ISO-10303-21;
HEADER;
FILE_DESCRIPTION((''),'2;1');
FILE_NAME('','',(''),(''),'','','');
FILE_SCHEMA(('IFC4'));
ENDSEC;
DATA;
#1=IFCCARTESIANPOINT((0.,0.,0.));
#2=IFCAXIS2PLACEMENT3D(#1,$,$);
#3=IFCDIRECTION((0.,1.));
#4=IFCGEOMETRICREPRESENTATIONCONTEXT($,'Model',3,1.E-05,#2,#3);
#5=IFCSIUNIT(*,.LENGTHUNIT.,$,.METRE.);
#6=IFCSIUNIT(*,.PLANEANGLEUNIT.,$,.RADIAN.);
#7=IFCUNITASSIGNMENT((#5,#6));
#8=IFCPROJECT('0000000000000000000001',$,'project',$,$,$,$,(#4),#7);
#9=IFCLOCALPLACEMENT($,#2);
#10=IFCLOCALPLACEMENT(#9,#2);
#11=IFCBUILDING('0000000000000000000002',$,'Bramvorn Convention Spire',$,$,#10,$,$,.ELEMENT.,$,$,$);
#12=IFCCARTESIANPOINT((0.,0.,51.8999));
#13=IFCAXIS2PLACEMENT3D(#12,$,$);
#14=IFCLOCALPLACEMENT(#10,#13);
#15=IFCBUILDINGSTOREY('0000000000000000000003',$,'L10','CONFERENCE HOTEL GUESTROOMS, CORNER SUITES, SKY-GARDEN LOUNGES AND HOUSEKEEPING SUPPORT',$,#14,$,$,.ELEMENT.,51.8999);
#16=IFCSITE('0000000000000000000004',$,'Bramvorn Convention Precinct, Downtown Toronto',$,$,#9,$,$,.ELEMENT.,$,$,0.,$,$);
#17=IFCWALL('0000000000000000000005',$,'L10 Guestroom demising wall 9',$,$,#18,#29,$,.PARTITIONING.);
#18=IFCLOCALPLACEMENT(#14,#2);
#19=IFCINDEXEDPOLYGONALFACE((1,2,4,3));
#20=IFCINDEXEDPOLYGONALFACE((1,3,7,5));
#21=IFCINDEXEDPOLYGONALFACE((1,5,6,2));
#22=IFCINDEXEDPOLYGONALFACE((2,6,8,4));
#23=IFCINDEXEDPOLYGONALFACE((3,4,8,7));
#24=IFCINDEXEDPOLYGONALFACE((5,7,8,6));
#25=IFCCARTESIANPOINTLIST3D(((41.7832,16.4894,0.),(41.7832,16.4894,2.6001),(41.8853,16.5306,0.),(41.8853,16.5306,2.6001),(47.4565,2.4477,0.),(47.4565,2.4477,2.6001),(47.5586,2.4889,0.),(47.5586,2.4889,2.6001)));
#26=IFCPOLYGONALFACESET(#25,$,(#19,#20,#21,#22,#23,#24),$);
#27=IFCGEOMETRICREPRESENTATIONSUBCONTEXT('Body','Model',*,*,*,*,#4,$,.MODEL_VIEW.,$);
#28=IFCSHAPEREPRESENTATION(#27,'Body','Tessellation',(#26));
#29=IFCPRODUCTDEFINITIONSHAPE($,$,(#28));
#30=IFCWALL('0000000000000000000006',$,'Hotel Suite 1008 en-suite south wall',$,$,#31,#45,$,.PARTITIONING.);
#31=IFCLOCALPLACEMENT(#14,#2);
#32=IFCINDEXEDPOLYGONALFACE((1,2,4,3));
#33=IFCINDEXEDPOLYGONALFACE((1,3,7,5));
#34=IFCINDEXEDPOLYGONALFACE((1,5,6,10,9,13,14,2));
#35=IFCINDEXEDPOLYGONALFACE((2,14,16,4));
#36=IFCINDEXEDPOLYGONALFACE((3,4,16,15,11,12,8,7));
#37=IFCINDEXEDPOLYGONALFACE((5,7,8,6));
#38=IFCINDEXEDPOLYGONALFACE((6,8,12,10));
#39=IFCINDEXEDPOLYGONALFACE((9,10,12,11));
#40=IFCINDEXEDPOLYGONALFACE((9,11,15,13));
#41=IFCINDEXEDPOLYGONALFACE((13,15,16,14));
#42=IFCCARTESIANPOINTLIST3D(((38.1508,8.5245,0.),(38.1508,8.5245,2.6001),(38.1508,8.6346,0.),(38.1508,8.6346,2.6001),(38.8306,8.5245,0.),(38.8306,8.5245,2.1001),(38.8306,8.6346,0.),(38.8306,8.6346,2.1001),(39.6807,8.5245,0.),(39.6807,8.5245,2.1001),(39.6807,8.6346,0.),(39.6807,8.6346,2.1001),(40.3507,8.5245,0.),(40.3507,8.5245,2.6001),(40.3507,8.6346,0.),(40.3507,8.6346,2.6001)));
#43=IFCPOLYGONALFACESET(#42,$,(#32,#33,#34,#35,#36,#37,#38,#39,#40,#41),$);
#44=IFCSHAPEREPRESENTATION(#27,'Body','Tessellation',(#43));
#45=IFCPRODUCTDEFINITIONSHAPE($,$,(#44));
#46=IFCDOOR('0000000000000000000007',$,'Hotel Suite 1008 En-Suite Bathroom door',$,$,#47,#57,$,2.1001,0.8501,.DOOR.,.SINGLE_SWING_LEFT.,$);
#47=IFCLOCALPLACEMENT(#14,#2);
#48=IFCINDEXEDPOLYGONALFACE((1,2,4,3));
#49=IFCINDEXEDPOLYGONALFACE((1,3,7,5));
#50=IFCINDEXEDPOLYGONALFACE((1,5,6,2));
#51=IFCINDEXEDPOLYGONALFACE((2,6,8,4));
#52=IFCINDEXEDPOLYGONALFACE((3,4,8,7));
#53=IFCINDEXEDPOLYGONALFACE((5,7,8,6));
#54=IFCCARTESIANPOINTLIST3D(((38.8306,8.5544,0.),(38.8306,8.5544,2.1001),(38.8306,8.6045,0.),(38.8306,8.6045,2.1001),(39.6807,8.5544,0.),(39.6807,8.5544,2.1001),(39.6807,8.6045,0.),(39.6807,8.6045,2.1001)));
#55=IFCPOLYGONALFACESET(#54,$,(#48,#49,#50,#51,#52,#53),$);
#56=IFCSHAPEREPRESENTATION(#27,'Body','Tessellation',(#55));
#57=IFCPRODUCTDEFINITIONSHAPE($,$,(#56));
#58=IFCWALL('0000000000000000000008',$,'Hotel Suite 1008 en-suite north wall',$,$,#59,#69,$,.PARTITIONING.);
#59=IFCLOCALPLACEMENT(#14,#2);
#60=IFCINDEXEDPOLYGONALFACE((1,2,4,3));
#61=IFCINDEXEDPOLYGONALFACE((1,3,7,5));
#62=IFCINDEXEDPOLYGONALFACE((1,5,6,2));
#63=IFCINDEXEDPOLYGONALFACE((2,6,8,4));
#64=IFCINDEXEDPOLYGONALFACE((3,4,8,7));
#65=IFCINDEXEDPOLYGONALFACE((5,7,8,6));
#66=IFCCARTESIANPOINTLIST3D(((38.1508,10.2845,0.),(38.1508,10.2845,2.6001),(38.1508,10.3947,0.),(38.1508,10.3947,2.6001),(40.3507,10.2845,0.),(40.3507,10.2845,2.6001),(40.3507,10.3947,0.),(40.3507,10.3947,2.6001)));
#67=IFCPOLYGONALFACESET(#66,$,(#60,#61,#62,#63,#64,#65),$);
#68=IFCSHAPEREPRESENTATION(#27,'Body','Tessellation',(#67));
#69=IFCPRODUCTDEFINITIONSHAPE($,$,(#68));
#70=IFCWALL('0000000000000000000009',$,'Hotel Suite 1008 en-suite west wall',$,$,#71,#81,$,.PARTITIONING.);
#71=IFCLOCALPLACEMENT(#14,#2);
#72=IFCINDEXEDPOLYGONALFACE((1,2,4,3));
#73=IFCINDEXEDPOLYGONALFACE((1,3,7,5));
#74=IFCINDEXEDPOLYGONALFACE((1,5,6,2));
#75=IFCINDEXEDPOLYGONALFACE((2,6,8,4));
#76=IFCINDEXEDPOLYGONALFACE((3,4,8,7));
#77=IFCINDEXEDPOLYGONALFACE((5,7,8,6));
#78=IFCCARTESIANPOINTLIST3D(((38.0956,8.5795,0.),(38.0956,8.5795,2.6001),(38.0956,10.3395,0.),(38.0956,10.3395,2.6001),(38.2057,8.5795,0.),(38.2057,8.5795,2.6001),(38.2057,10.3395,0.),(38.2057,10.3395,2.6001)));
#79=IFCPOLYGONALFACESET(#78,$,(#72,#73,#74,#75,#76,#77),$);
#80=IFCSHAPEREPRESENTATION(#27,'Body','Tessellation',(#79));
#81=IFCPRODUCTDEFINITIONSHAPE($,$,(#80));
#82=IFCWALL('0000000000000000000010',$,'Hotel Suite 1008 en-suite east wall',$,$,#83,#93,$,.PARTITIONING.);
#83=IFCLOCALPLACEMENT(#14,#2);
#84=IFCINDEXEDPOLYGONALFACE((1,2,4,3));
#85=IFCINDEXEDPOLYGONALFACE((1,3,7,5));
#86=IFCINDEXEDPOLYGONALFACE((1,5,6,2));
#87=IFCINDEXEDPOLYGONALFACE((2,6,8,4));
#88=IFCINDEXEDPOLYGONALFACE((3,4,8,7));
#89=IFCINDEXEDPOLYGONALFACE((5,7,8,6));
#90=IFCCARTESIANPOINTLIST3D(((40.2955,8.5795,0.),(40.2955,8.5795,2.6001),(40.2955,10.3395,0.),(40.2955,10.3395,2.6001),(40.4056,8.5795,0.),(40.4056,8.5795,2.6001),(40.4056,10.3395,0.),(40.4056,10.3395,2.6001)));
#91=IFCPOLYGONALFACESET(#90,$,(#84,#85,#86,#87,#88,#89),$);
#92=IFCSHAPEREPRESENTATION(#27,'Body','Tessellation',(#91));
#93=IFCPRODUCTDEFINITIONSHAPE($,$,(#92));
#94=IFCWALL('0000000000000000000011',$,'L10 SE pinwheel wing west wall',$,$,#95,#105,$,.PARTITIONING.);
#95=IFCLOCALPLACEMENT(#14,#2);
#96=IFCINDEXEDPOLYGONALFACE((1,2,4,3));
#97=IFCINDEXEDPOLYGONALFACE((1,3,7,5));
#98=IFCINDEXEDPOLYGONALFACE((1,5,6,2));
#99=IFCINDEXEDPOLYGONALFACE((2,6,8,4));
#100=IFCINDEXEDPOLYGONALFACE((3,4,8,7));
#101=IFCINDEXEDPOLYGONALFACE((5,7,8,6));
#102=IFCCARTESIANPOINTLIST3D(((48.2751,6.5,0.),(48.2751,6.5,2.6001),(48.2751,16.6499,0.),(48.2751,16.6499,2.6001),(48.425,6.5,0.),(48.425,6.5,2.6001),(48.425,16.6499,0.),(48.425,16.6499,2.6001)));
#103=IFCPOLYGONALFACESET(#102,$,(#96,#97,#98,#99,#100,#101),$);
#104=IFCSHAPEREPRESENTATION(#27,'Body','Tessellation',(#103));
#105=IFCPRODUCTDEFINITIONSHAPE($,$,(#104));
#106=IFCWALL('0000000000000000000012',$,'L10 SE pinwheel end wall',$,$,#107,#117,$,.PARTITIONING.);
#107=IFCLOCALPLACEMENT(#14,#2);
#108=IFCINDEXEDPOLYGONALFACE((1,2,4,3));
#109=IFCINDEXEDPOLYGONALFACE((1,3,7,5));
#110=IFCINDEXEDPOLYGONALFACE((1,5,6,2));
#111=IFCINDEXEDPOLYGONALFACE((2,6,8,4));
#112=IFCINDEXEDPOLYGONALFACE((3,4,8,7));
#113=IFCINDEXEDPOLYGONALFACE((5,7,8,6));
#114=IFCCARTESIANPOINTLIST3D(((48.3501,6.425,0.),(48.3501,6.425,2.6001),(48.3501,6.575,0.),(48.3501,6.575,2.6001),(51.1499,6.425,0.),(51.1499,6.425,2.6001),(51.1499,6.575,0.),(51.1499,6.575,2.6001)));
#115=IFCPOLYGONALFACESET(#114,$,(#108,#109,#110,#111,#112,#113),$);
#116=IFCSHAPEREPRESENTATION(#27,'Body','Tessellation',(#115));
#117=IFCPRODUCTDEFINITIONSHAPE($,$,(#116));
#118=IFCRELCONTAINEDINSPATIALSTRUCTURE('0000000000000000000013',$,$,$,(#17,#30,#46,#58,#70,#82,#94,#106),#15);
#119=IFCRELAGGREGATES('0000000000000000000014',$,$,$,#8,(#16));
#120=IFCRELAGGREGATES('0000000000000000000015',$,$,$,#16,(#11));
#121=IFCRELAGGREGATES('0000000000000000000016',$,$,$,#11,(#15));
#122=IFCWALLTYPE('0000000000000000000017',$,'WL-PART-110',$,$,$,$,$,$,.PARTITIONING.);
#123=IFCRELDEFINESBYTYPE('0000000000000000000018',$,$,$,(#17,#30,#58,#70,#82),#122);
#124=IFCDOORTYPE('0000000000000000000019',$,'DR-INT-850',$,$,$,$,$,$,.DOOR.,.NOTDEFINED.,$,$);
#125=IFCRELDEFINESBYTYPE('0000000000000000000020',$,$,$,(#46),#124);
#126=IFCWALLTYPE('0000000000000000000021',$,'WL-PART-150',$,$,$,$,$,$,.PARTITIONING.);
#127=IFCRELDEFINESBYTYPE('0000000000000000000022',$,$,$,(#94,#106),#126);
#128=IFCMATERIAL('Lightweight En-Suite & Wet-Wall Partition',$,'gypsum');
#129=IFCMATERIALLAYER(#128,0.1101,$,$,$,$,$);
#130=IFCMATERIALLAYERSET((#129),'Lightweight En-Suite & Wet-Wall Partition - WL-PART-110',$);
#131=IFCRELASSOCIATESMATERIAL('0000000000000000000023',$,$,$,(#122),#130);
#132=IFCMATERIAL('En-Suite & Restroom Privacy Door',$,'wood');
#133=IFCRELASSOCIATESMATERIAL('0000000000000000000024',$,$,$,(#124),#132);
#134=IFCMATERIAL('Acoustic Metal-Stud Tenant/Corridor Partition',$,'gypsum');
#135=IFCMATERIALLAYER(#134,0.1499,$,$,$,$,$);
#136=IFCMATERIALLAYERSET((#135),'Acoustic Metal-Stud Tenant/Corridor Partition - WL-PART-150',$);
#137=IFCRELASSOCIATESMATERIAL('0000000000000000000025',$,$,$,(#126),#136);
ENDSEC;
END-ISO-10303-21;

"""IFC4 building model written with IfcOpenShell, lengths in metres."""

from ifc_helpers import new_model, si_unit, direction, frame, frame_2d, origin, place, context, subcontext, project, spatial, rectangle, extrude, material, layer, layer_set, type_object, element, fill, save


model = new_model("IFC4")

# Units and contexts
model_context = context("Model", 3, precision=1e-05, world=origin(), true_north=direction((0.0, 1.0)))
body_context = subcontext(model_context, "Body", "Model", "MODEL_VIEW")
ifc_project = project(units=[si_unit("LENGTHUNIT", "METRE"), si_unit("PLANEANGLEUNIT", "RADIAN")], contexts=[model_context])

# Site, building, storey
site_placement = place(None, origin())
site = spatial("IfcSite", under=ifc_project, at=site_placement, Name="Bramvorn Convention Precinct, Downtown Toronto", CompositionType="ELEMENT", RefElevation=0.0)
building_placement = place(site_placement, origin())
building = spatial("IfcBuilding", under=site, at=building_placement, Name="Bramvorn Convention Spire", CompositionType="ELEMENT")
storey_placement = place(building_placement, frame((0.0, 0.0, 51.8999)))
storey = spatial("IfcBuildingStorey", under=building, at=storey_placement, Name="L10", Description="CONFERENCE HOTEL GUESTROOMS, CORNER SUITES, SKY-GARDEN LOUNGES AND HOUSEKEEPING SUPPORT", CompositionType="ELEMENT", Elevation=51.8999)

# Wall
ifc_material_1 = material(Name="Lightweight En-Suite & Wet-Wall Partition", Category="gypsum")
ifc_layer_1 = layer(ifc_material_1, 0.1101)
ifc_layer_set_1 = layer_set([ifc_layer_1], Name="Lightweight En-Suite & Wet-Wall Partition - WL-PART-110")
wall_type_1 = type_object("IfcWallType", Name="WL-PART-110", PredefinedType="PARTITIONING", material=ifc_layer_set_1)
wall_1_placement = place(storey_placement, frame((41.8342, 16.51, 0.0), z_axis=(0.0, 0.0, 1.0), x_axis=(0.374613, -0.927181, 0.0)))
element("IfcWall", 1, at=wall_1_placement, inside=storey, type_object=wall_type_1, Name="L10 Guestroom demising wall 9", PredefinedType="PARTITIONING", context=body_context, shape_type="SweptSolid", body=[
    extrude(rectangle(XDim=15.1445, YDim=0.1101, at=frame_2d((7.5723, 0.0))), origin(), (0.0, 0.0, 1.0), 2.6001),
])

# Wall, opening, door
wall_2_placement = place(storey_placement, frame((38.1506, 8.5796, 0.0), z_axis=(0.0, 0.0, 1.0), x_axis=(1.0, 0.0, 0.0)))
wall_2 = element("IfcWall", 2, at=wall_2_placement, inside=storey, type_object=wall_type_1, Name="Hotel Suite 1008 en-suite south wall", PredefinedType="PARTITIONING", context=body_context, shape_type="SweptSolid", body=[
    extrude(rectangle(XDim=2.2, YDim=0.1101, at=frame_2d((1.1001, 0.0))), origin(), (0.0, 0.0, 1.0), 2.6001),
])
opening_placement = place(wall_2_placement, frame((0.6799, 0.0, 0.0)))
opening = element("IfcOpeningElement", 3, at=opening_placement, cuts=wall_2, PredefinedType="OPENING", context=body_context, shape_type="SweptSolid", body=[
    extrude(rectangle(XDim=0.8501, YDim=2.1001, at=frame_2d((0.425, 1.05))), frame((0.0, 0.0649, 0.0), z_axis=(0.0, -1.0, 0.0), x_axis=(1.0, 0.0, 0.0)), (0.0, 0.0, 1.0), 0.1301),
])
ifc_material_2 = material(Name="En-Suite & Restroom Privacy Door", Category="wood")
door_type = type_object("IfcDoorType", Name="DR-INT-850", OperationType="NOTDEFINED", PredefinedType="DOOR", material=ifc_material_2)
door_placement = place(opening_placement, origin())
door = element("IfcDoor", 4, at=door_placement, inside=storey, type_object=door_type, Name="Hotel Suite 1008 En-Suite Bathroom door", OperationType="SINGLE_SWING_LEFT", OverallHeight=2.1001, OverallWidth=0.8501, PredefinedType="DOOR", context=body_context, shape_type="SweptSolid", body=[
    extrude(rectangle(XDim=0.8501, YDim=2.1001, at=frame_2d((0.425, 1.05))), frame((0.0, 0.0249, 0.0), z_axis=(0.0, -1.0, 0.0), x_axis=(1.0, 0.0, 0.0)), (0.0, 0.0, 1.0), 0.05),
])
fill(opening, door)

# Walls
wall_3_placement = place(storey_placement, frame((38.1506, 10.3396, 0.0), z_axis=(0.0, 0.0, 1.0), x_axis=(1.0, 0.0, 0.0)))
element("IfcWall", 5, at=wall_3_placement, inside=storey, type_object=wall_type_1, Name="Hotel Suite 1008 en-suite north wall", PredefinedType="PARTITIONING", context=body_context, shape_type="SweptSolid", body=[
    extrude(rectangle(XDim=2.2, YDim=0.1101, at=frame_2d((1.1001, 0.0))), origin(), (0.0, 0.0, 1.0), 2.6001),
])
for number, where, z_axis, x_axis, name in (
    (6, (38.1506, 8.5796, 0.0), (0.0, 0.0, 1.0), (0.0, 1.0, 0.0), "Hotel Suite 1008 en-suite west wall"),
    (7, (40.3506, 8.5796, 0.0), (0.0, 0.0, 1.0), (0.0, 1.0, 0.0), "Hotel Suite 1008 en-suite east wall"),
):
    element("IfcWall", number, at=place(storey_placement, frame(where, z_axis=z_axis, x_axis=x_axis)), inside=storey, type_object=wall_type_1, Name=name, PredefinedType="PARTITIONING", context=body_context, shape_type="SweptSolid", body=[
        extrude(rectangle(XDim=1.76, YDim=0.1101, at=frame_2d((0.8799, 0.0))), origin(), (0.0, 0.0, 1.0), 2.6001),
    ])
ifc_material_3 = material(Name="Acoustic Metal-Stud Tenant/Corridor Partition", Category="gypsum")
ifc_layer_2 = layer(ifc_material_3, 0.1499)
ifc_layer_set_2 = layer_set([ifc_layer_2], Name="Acoustic Metal-Stud Tenant/Corridor Partition - WL-PART-150")
wall_type_2 = type_object("IfcWallType", Name="WL-PART-150", PredefinedType="PARTITIONING", material=ifc_layer_set_2)
wall_4_placement = place(storey_placement, frame((48.3501, 6.5, 0.0), z_axis=(0.0, 0.0, 1.0), x_axis=(0.0, 1.0, 0.0)))
element("IfcWall", 8, at=wall_4_placement, inside=storey, type_object=wall_type_2, Name="L10 SE pinwheel wing west wall", PredefinedType="PARTITIONING", context=body_context, shape_type="SweptSolid", body=[
    extrude(rectangle(XDim=10.1499, YDim=0.1499, at=frame_2d((5.075, 0.0))), origin(), (0.0, 0.0, 1.0), 2.6001),
])
wall_5_placement = place(storey_placement, frame((48.3501, 6.5, 0.0), z_axis=(0.0, 0.0, 1.0), x_axis=(1.0, 0.0, 0.0)))
element("IfcWall", 9, at=wall_5_placement, inside=storey, type_object=wall_type_2, Name="L10 SE pinwheel end wall", PredefinedType="PARTITIONING", context=body_context, shape_type="SweptSolid", body=[
    extrude(rectangle(XDim=2.7998, YDim=0.1499, at=frame_2d((1.3999, 0.0))), origin(), (0.0, 0.0, 1.0), 2.6001),
])

save(model, "model.ifc")
